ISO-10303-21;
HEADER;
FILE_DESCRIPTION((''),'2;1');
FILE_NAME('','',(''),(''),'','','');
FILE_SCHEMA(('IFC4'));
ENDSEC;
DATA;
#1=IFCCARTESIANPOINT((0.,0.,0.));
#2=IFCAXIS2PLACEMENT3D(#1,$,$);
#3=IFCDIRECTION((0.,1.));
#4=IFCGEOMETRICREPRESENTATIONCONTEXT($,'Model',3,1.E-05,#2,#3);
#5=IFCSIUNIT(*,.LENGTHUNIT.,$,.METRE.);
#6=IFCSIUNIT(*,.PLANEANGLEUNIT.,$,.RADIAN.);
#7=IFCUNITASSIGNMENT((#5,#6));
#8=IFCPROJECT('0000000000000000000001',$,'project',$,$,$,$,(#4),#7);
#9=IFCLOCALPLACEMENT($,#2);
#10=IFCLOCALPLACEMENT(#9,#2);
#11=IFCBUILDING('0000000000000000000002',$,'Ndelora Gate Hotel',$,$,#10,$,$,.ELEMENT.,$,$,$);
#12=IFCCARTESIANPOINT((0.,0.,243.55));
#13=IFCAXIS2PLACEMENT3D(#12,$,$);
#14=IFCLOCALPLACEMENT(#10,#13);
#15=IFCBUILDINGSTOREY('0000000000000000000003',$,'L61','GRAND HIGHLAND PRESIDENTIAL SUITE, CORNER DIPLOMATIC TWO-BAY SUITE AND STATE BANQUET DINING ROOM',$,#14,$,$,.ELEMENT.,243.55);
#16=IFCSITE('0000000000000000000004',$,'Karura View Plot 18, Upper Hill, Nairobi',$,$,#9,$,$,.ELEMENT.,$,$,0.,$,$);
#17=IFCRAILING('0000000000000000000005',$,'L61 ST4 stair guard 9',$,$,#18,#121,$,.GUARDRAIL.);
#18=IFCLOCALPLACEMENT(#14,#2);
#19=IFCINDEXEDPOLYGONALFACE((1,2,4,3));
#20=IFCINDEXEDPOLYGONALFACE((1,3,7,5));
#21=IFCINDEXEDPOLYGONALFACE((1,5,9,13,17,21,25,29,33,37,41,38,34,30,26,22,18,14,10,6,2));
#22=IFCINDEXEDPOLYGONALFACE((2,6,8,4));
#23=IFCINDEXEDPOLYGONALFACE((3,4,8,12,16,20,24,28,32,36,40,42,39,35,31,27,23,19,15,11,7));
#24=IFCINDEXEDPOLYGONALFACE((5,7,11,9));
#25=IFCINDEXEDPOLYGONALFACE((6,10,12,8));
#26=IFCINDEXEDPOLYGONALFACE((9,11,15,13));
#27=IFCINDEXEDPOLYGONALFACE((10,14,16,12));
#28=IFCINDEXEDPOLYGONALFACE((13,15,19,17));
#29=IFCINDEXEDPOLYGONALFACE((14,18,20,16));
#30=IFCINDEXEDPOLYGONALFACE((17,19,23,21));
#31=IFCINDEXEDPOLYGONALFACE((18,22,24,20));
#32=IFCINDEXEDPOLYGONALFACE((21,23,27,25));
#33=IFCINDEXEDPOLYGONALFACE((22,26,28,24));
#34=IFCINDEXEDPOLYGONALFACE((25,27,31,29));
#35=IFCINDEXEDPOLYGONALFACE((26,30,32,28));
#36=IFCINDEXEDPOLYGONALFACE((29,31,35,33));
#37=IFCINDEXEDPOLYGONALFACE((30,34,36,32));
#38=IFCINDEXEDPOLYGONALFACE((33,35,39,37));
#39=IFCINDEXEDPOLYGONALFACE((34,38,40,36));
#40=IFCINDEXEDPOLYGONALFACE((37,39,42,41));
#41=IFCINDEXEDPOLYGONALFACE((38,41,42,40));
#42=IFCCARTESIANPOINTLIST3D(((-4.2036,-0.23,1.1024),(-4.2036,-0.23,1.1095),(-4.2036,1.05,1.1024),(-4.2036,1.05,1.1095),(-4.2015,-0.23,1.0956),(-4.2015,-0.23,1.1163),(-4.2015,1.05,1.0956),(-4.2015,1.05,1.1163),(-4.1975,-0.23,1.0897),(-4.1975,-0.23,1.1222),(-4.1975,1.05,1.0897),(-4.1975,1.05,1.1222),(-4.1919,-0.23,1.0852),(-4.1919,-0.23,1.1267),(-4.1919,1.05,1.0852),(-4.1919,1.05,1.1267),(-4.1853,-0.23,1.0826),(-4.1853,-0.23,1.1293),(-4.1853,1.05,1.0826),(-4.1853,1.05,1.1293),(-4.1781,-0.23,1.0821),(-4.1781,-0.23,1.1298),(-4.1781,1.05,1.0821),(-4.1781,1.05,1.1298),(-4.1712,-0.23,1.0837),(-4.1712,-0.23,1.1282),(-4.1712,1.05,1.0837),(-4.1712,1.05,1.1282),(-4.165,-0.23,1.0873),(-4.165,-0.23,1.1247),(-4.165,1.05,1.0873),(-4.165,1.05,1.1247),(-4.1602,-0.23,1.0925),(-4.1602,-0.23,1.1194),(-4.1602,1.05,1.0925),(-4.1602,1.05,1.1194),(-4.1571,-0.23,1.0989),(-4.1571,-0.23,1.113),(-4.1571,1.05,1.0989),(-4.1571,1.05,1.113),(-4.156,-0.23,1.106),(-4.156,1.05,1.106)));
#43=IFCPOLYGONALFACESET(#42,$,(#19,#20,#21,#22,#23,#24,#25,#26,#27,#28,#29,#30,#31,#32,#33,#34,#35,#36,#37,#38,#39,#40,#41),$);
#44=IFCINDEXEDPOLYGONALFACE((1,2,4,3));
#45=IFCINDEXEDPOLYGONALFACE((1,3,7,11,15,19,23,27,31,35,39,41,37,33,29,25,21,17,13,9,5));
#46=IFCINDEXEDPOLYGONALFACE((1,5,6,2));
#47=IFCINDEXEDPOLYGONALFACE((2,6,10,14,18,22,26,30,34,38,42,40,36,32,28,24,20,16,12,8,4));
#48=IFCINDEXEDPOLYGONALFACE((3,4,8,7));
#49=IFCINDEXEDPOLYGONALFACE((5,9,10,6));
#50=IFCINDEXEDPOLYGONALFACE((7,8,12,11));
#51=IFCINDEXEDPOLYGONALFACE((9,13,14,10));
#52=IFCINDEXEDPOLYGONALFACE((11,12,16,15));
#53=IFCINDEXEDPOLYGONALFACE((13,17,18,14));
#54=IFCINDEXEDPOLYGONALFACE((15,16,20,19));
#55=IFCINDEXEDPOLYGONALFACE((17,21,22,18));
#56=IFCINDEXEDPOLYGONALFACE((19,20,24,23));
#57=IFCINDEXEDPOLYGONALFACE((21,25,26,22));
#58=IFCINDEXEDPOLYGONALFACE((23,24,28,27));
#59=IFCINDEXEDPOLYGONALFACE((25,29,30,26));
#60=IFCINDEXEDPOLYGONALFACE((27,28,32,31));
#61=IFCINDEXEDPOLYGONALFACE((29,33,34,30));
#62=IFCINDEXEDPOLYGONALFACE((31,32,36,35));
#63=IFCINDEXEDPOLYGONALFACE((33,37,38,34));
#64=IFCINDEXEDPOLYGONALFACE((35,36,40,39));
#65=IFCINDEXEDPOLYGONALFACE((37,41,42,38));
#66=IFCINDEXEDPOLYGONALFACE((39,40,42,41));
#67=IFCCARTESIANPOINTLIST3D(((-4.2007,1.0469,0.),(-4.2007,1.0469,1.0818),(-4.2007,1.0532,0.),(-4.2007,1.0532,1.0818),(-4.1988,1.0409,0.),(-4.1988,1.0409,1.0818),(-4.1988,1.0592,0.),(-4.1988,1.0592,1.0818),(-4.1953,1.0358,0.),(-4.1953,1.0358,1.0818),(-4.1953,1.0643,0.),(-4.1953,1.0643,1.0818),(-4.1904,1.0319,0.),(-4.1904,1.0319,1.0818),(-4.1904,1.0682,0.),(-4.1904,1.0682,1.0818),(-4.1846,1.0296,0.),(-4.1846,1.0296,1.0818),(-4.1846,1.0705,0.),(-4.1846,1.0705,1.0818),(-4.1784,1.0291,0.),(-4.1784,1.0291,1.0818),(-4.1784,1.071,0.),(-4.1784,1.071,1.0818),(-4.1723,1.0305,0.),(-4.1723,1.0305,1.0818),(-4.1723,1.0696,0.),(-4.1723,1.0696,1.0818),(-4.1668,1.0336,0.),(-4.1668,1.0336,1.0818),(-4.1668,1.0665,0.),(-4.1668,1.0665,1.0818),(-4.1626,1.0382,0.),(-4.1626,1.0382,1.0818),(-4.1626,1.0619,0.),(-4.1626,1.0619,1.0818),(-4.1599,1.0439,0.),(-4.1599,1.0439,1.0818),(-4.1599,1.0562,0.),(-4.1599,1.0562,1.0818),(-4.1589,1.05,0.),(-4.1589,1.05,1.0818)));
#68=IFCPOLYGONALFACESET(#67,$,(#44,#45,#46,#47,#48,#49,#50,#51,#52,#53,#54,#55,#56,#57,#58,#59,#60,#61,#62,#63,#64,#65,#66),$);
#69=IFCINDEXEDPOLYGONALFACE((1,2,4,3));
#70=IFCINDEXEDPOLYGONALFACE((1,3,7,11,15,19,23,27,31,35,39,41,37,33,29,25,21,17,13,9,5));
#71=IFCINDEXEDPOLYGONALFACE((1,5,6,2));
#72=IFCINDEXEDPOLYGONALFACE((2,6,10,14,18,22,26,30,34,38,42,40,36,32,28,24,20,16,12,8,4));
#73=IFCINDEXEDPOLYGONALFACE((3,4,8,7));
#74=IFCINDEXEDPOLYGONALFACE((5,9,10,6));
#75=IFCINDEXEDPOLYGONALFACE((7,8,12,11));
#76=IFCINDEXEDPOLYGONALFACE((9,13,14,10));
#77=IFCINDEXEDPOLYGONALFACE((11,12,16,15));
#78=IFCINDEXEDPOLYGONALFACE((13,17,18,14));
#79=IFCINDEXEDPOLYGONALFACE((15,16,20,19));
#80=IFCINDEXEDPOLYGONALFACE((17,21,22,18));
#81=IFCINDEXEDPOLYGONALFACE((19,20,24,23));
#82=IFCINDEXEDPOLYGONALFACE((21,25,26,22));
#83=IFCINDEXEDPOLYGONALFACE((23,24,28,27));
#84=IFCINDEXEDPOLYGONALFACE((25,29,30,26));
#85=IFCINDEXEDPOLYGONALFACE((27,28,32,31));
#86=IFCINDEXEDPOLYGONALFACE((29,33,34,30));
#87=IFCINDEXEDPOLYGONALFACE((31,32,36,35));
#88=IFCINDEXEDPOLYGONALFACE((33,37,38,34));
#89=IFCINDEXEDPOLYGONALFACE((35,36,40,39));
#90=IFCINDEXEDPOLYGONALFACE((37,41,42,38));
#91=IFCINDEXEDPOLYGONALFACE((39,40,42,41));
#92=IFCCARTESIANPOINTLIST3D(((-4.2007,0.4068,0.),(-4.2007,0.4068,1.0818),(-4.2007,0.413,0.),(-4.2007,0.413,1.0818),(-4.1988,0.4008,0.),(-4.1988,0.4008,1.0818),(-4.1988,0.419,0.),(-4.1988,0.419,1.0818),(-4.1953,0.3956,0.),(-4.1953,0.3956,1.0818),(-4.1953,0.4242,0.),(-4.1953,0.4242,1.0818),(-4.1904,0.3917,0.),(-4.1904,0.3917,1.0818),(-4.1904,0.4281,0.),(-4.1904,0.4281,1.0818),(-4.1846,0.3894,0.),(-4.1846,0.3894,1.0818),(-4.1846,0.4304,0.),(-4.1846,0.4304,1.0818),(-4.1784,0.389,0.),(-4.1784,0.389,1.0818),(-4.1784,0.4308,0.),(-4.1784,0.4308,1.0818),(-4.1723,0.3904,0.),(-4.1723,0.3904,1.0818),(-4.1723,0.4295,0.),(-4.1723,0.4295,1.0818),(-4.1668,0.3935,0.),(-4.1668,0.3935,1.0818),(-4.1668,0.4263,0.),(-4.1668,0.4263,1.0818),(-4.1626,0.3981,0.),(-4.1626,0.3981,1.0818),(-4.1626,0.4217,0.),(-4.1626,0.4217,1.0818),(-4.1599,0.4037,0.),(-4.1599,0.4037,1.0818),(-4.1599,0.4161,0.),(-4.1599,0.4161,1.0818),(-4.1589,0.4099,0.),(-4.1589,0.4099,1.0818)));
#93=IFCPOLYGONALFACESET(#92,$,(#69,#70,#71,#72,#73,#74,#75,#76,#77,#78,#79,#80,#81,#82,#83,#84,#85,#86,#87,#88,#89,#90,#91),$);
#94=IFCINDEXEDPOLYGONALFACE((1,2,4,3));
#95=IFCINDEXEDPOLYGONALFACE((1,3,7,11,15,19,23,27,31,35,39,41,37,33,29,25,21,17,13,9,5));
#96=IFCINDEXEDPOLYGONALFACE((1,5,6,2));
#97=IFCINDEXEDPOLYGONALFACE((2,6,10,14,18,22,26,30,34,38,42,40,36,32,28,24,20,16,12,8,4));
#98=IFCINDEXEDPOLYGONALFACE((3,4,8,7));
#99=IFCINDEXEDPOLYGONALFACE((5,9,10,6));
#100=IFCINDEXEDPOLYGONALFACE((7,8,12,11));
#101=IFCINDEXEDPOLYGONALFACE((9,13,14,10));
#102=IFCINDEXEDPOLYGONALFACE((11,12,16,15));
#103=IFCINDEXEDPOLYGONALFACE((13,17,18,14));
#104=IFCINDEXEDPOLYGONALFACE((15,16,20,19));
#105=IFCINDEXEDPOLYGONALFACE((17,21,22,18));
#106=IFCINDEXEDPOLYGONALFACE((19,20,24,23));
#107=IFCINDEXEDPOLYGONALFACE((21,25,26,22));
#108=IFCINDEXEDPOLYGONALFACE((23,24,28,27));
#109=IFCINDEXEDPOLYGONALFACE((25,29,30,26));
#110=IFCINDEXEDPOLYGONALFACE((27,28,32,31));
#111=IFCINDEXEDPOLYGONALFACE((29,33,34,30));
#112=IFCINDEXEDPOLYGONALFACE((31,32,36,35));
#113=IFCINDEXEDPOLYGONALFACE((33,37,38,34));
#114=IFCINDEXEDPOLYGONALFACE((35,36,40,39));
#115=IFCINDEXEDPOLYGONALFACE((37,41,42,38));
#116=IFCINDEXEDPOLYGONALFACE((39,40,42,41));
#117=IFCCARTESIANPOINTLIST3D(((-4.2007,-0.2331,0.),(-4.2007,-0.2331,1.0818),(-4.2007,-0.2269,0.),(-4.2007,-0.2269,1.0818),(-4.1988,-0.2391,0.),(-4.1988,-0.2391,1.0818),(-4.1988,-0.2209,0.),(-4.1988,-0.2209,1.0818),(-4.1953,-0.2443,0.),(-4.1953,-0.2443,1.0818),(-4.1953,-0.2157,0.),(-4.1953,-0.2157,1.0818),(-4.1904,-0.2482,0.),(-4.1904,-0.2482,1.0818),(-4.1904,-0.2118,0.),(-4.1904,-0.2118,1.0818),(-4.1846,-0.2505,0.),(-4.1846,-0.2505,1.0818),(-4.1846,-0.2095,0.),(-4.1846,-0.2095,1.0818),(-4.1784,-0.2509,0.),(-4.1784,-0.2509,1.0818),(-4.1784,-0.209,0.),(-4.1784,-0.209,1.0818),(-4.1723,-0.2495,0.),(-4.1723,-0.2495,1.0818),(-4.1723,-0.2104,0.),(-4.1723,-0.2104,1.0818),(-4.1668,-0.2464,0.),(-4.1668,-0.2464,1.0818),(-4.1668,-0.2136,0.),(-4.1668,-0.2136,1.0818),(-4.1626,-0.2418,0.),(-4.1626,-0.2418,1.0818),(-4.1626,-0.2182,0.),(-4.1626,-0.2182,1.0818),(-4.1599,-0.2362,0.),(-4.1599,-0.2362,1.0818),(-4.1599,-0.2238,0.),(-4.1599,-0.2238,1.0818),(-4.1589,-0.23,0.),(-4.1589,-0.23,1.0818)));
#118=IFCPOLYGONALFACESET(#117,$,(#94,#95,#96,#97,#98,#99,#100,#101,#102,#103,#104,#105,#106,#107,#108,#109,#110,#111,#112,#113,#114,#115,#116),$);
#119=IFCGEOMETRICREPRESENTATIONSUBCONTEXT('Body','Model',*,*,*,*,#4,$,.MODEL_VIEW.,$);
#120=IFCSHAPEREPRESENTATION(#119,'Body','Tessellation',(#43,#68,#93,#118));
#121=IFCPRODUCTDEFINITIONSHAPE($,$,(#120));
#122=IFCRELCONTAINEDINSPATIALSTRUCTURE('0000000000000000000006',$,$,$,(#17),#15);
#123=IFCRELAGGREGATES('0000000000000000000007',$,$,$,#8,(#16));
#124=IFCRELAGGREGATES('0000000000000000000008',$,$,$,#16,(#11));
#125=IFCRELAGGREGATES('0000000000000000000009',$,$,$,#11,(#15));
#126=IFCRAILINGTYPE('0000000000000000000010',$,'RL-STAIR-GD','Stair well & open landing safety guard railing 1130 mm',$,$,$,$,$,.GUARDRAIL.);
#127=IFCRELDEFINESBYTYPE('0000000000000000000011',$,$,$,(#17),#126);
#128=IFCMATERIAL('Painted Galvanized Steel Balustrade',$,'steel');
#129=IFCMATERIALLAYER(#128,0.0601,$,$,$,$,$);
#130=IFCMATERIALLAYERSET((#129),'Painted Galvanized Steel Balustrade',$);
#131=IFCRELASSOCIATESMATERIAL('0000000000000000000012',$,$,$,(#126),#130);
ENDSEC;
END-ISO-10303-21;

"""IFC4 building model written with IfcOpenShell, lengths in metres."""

from ifc_helpers import new_model, si_unit, direction, frame, origin, origin_2d, place, context, subcontext, project, spatial, circle, extrude, material, layer, layer_set, type_object, element, save


model = new_model("IFC4")

# Units and contexts
model_context = context("Model", 3, precision=1e-05, world=origin(), true_north=direction((0.0, 1.0)))
body_context = subcontext(model_context, "Body", "Model", "MODEL_VIEW")
ifc_project = project(units=[si_unit("LENGTHUNIT", "METRE"), si_unit("PLANEANGLEUNIT", "RADIAN")], contexts=[model_context])

# Site, building, storey
site_placement = place(None, origin())
site = spatial("IfcSite", under=ifc_project, at=site_placement, Name="Karura View Plot 18, Upper Hill, Nairobi", CompositionType="ELEMENT", RefElevation=0.0)
building_placement = place(site_placement, origin())
building = spatial("IfcBuilding", under=site, at=building_placement, Name="Ndelora Gate Hotel", CompositionType="ELEMENT")
storey_placement = place(building_placement, frame((0.0, 0.0, 243.55)))
storey = spatial("IfcBuildingStorey", under=building, at=storey_placement, Name="L61", Description="GRAND HIGHLAND PRESIDENTIAL SUITE, CORNER DIPLOMATIC TWO-BAY SUITE AND STATE BANQUET DINING ROOM", CompositionType="ELEMENT", Elevation=243.55)

# Railing
ifc_material_1 = material(Name="Painted Galvanized Steel Balustrade", Category="steel")
ifc_layer_1 = layer(ifc_material_1, 0.0601)
ifc_layer_set_1 = layer_set([ifc_layer_1], Name="Painted Galvanized Steel Balustrade")
railing_type = type_object("IfcRailingType", Name="RL-STAIR-GD", Description="Stair well & open landing safety guard railing 1130 mm", PredefinedType="GUARDRAIL", material=ifc_layer_set_1)
for number, where, name in (
    (1, (-4.1799, 1.05, 0.0), "L61 ST4 stair guard 9"),
):
    element("IfcRailing", number, at=place(storey_placement, frame(where)), inside=storey, type_object=railing_type, Name=name, PredefinedType="GUARDRAIL", context=body_context, shape_type="SweptSolid", body=[
        extrude(circle(Radius=0.0239, at=origin_2d()), frame((0.0, 0.0, 1.106), z_axis=(0.0, -1.0, 0.0), x_axis=(1.0, 0.0, 0.0)), (0.0, 0.0, 1.0), 1.28),
        extrude(circle(Radius=0.021, at=origin_2d()), origin(), (0.0, 0.0, 1.0), 1.0818),
        extrude(circle(Radius=0.021, at=origin_2d()), frame((0.0, -0.6401, 0.0)), (0.0, 0.0, 1.0), 1.0818),
        extrude(circle(Radius=0.021, at=origin_2d()), frame((0.0, -1.28, 0.0)), (0.0, 0.0, 1.0), 1.0818),
    ])

save(model, "model.ifc")
